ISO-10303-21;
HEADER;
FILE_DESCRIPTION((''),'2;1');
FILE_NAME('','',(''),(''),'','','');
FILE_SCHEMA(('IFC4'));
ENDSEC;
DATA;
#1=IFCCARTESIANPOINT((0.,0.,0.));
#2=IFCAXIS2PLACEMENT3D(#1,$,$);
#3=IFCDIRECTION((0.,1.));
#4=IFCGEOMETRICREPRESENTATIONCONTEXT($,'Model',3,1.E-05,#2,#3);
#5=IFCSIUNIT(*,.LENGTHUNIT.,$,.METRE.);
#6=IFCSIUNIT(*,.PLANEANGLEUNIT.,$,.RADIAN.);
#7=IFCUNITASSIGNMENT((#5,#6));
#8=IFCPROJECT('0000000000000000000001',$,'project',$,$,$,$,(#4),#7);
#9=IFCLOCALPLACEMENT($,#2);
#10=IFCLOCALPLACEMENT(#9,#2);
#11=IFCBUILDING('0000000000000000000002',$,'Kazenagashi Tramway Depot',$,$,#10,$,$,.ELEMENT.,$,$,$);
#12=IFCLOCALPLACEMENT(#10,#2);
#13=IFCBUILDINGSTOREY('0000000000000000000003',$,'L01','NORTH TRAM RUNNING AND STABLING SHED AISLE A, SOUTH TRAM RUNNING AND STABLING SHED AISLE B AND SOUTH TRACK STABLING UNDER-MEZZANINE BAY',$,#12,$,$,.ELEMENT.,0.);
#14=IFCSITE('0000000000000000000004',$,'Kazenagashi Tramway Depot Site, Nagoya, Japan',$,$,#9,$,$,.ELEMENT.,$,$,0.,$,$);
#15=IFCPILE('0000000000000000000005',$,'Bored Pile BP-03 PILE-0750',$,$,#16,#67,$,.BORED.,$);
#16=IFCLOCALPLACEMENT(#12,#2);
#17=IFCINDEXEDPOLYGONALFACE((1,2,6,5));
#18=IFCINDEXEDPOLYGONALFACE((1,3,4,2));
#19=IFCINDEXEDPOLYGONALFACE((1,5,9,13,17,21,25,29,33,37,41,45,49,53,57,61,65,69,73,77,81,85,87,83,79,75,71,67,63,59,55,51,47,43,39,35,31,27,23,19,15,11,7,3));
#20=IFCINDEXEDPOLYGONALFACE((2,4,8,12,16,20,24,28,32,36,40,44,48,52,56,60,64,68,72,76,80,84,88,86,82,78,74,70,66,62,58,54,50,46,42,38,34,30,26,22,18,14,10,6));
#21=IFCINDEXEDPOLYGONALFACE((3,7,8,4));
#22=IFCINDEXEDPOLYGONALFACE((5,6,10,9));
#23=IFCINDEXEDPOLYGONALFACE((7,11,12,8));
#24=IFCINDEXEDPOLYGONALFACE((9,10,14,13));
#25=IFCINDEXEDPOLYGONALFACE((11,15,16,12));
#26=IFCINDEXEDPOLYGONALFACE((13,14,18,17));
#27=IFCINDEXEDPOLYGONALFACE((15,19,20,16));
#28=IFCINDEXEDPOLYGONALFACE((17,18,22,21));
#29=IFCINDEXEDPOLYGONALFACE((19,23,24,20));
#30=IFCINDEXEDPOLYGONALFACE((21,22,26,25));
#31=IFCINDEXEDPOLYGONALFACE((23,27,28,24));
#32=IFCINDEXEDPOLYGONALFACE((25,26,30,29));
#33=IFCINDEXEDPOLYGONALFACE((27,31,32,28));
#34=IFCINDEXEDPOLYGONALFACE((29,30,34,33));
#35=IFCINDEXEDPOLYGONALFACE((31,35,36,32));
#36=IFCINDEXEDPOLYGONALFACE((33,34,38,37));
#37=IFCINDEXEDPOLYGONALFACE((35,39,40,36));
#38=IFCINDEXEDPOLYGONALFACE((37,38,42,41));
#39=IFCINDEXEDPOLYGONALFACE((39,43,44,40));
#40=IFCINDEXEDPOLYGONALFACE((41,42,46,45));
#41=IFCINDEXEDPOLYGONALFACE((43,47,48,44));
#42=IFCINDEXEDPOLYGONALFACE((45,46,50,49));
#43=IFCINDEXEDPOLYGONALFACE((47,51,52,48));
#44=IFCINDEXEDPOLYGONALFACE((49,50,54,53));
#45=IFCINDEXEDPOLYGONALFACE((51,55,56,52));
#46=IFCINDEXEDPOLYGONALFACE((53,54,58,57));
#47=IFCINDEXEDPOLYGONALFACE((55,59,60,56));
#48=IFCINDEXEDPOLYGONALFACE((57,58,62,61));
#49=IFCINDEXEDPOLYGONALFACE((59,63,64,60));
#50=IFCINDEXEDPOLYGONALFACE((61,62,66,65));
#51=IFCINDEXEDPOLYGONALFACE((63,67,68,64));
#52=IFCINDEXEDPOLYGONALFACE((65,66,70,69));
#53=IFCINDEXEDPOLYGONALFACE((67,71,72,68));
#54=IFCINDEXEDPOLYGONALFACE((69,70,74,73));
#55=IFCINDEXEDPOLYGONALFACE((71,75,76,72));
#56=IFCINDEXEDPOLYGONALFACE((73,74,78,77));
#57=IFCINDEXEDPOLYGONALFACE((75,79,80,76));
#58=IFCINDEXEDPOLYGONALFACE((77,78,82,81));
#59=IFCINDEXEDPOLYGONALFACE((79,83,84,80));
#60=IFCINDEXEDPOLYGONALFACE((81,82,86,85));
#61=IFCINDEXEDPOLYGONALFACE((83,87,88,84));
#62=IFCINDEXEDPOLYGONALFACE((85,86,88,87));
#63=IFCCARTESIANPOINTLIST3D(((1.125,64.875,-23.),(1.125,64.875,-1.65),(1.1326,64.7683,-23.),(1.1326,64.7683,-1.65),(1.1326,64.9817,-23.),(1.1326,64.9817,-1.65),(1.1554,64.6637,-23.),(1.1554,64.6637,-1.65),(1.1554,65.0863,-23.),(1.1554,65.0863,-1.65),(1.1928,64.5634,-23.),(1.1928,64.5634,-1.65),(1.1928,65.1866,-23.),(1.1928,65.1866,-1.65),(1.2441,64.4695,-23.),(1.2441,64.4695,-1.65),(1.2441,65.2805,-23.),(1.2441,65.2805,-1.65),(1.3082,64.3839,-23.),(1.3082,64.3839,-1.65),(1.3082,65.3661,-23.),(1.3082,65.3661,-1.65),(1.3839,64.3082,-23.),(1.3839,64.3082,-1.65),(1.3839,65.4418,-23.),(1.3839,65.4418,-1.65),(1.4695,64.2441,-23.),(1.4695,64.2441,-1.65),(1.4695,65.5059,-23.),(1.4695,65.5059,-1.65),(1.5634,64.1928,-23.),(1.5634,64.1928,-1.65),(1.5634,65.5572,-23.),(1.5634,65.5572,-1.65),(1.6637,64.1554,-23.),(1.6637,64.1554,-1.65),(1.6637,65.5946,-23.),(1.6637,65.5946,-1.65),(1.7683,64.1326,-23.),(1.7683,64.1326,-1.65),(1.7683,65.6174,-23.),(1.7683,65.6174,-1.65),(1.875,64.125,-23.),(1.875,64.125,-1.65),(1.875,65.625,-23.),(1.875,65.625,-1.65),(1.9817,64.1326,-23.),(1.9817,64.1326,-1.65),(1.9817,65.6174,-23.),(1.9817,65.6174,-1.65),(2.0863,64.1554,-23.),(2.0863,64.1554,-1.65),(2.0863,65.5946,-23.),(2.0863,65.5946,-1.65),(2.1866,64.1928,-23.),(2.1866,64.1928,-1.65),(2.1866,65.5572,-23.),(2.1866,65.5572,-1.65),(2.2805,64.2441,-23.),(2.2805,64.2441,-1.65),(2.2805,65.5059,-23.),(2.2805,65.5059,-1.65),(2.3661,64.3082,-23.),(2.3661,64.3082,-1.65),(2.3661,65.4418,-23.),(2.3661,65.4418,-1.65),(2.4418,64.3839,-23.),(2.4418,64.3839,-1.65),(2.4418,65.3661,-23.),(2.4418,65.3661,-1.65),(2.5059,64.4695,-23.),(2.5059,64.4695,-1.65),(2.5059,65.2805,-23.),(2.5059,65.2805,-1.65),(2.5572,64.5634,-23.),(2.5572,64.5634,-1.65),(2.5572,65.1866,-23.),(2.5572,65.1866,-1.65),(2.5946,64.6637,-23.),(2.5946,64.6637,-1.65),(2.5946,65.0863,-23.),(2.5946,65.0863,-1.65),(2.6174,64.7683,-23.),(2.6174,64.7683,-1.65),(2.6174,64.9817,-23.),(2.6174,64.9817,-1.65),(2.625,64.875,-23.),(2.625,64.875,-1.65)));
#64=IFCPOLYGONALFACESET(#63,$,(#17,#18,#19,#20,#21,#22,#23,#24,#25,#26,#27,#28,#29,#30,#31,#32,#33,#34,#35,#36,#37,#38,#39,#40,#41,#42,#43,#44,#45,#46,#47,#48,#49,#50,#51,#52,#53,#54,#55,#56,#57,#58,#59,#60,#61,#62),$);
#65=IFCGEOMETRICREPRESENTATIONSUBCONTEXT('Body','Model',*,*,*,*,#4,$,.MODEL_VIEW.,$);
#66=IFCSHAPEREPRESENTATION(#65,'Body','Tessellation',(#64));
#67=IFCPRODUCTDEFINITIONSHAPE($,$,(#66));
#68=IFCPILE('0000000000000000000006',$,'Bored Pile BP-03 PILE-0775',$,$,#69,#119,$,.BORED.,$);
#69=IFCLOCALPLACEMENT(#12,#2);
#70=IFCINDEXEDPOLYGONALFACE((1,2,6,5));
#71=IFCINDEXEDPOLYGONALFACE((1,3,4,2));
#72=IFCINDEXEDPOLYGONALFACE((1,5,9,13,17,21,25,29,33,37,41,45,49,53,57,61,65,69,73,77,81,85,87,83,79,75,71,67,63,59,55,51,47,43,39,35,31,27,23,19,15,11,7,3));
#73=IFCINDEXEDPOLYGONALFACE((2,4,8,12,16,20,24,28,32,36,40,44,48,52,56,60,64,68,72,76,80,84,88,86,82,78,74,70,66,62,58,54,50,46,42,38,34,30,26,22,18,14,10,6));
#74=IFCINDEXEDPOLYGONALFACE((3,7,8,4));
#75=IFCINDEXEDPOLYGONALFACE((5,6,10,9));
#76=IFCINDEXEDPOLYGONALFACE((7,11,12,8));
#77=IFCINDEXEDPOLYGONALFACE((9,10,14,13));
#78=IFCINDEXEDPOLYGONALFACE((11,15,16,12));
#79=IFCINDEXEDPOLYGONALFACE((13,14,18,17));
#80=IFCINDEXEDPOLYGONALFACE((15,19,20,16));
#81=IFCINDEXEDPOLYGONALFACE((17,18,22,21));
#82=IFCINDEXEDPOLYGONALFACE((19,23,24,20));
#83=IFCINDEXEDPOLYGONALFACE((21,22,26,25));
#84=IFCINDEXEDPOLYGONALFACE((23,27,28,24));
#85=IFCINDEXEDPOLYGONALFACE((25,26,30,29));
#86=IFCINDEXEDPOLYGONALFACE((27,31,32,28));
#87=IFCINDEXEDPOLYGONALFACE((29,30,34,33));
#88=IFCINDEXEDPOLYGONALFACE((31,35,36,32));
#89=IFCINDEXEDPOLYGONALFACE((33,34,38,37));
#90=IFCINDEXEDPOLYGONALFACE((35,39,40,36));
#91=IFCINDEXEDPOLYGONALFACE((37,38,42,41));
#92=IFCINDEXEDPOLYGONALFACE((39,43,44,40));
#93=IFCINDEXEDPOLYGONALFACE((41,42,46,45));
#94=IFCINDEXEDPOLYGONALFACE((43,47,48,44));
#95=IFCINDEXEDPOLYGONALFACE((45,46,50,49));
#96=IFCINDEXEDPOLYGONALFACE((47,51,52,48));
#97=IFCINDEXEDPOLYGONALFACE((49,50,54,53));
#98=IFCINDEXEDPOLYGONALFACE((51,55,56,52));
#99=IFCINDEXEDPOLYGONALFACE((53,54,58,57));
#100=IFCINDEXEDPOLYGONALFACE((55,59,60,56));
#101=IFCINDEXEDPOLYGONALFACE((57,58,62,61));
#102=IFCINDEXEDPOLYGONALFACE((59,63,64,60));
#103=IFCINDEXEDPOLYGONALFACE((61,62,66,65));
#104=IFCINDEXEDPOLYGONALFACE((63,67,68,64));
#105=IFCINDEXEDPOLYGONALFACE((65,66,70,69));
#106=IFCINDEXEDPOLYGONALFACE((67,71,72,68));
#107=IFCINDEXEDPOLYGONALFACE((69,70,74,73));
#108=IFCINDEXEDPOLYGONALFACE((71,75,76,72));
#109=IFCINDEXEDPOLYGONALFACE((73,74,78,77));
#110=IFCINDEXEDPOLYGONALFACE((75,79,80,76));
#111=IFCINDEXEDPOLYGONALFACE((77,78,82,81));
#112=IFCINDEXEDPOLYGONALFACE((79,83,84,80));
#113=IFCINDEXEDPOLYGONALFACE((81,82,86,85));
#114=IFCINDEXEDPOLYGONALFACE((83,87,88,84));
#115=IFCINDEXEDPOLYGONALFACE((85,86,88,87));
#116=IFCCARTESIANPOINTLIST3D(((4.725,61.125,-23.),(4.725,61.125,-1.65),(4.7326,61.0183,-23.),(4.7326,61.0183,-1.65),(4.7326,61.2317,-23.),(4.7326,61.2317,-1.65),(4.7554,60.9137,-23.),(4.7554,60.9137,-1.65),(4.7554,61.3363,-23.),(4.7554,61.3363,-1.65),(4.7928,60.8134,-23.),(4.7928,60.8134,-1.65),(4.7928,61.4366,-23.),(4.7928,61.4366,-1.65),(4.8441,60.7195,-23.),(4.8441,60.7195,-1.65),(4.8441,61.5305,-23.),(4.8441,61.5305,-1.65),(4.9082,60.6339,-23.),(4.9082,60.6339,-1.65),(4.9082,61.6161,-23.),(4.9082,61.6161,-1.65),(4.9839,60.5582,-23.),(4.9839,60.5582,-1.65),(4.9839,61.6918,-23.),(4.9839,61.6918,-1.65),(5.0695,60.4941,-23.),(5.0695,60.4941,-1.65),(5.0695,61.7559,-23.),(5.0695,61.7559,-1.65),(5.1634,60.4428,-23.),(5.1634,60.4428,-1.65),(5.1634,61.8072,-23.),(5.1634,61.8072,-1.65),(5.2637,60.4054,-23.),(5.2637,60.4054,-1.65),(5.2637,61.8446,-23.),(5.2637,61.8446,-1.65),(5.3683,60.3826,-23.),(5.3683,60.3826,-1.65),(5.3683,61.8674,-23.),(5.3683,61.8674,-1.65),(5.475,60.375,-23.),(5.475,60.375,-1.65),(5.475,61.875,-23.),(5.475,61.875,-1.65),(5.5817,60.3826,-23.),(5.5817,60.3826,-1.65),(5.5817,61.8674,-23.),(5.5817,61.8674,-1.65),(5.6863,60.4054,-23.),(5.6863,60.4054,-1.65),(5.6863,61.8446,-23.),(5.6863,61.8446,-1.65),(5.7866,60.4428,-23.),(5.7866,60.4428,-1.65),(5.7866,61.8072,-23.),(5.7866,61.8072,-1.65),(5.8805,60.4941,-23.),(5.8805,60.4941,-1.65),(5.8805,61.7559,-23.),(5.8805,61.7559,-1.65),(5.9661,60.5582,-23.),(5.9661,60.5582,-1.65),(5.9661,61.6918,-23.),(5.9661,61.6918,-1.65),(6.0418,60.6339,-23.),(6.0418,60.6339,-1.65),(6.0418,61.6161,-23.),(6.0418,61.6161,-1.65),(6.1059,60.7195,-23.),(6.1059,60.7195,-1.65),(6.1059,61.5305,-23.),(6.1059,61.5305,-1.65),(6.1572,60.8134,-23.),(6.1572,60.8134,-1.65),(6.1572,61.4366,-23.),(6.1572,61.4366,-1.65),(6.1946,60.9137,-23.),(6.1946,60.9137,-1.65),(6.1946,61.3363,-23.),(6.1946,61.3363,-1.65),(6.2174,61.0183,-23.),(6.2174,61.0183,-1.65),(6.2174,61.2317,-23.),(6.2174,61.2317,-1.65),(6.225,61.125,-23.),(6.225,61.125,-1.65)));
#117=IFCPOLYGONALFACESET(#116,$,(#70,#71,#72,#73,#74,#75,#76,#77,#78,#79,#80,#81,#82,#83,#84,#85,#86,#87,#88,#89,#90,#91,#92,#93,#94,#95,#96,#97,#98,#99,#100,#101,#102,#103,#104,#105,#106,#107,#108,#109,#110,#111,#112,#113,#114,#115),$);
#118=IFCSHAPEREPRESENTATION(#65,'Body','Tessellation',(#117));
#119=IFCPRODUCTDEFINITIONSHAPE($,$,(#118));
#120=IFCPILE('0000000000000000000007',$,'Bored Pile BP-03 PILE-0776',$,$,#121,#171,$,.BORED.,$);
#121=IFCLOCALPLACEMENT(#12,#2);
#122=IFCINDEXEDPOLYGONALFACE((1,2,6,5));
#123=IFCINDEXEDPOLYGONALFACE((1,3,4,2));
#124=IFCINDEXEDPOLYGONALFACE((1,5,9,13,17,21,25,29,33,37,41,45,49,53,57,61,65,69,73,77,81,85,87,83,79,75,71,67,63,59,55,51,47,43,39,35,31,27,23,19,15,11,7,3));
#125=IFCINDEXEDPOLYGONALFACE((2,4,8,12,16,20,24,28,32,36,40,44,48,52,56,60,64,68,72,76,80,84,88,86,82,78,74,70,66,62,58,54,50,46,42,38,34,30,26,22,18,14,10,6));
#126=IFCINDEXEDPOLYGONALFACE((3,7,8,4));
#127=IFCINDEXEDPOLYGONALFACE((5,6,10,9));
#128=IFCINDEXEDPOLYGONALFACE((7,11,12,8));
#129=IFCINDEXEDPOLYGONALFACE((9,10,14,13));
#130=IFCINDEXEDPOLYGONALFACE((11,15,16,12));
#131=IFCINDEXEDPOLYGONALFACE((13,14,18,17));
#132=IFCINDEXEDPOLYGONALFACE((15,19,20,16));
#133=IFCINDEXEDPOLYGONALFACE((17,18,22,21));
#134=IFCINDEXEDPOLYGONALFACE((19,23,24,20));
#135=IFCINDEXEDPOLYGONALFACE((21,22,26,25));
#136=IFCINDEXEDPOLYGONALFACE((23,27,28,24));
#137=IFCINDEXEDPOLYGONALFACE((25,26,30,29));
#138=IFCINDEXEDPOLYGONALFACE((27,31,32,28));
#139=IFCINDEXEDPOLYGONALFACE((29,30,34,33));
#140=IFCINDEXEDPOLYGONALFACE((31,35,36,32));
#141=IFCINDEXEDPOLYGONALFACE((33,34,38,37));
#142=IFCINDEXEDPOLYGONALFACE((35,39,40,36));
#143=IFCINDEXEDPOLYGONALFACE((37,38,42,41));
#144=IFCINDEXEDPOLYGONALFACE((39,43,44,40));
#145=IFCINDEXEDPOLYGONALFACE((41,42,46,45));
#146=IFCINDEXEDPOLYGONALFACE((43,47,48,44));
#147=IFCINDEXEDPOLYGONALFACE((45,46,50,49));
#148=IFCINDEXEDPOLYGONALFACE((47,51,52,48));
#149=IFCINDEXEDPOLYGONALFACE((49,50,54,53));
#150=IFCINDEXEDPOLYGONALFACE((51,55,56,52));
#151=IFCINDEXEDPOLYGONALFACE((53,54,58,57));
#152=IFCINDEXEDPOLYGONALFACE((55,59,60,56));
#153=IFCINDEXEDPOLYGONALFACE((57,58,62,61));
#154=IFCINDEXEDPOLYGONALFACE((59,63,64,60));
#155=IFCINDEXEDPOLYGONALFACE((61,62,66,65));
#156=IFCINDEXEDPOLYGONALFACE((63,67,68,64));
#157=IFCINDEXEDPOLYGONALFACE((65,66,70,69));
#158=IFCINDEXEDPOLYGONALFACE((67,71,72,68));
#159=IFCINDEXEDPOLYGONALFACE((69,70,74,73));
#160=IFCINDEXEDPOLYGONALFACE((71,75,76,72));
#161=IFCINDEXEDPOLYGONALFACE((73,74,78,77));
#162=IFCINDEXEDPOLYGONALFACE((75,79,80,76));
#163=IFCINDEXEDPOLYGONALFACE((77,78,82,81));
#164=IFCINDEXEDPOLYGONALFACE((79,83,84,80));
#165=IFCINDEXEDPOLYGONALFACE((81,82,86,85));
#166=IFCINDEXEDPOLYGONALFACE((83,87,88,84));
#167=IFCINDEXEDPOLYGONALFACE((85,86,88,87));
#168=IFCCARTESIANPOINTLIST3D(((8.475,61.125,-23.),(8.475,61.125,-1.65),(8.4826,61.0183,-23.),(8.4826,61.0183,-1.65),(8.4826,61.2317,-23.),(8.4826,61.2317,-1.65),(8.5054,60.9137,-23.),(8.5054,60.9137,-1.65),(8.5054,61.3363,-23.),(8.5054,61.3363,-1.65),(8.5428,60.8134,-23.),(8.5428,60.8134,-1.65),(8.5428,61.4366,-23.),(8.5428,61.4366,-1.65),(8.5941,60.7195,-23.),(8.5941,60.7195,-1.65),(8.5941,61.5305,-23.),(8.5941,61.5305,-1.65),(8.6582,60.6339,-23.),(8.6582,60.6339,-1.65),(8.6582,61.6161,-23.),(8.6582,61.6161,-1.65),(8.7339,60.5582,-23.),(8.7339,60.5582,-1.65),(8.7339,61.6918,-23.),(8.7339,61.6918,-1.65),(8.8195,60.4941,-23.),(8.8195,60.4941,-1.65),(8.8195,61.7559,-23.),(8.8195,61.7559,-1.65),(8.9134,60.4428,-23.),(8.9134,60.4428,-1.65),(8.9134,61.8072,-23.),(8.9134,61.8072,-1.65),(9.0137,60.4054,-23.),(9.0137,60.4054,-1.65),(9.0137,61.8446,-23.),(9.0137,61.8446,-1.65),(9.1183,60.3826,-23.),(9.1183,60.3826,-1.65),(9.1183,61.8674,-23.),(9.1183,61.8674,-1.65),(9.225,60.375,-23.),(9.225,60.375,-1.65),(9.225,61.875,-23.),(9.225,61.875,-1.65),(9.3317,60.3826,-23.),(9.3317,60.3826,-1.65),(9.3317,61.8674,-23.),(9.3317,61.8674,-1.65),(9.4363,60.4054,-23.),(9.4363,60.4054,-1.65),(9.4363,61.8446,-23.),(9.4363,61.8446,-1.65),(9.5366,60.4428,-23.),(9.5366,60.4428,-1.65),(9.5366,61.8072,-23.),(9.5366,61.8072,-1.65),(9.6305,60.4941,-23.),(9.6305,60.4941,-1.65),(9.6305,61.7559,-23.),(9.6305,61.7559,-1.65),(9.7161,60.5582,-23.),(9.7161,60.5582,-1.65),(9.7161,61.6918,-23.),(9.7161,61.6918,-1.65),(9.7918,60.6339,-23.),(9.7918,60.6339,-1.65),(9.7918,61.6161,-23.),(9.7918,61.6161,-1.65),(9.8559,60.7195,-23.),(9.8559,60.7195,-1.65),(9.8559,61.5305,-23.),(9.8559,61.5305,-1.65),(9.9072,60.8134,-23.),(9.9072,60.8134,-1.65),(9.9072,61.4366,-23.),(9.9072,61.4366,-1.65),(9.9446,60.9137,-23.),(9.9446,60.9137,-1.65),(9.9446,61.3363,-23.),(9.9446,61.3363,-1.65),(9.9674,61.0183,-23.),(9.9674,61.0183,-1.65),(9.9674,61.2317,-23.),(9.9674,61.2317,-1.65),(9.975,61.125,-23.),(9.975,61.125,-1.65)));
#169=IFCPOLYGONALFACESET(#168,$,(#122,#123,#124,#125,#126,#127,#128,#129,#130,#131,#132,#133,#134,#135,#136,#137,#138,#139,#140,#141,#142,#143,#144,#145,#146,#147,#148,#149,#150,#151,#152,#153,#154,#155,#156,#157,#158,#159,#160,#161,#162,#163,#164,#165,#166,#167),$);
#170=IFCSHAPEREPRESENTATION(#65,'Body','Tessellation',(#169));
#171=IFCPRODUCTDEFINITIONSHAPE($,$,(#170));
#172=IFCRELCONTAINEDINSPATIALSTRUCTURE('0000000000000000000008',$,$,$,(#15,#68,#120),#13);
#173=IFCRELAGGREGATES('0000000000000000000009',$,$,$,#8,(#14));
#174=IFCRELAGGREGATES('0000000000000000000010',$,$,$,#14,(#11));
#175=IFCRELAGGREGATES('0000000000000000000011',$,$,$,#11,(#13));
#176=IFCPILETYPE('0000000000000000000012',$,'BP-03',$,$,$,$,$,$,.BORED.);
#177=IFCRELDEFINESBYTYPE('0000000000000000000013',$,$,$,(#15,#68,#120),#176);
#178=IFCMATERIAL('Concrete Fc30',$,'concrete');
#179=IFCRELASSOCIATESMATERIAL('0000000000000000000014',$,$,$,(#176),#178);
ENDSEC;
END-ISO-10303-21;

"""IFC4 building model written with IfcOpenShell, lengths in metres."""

from ifc_helpers import new_model, si_unit, direction, frame, origin, origin_2d, place, context, subcontext, project, spatial, circle, extrude, material, material_profile, profile_set, type_object, element, save


model = new_model("IFC4")

# Units and contexts
model_context = context("Model", 3, precision=1e-05, world=origin(), true_north=direction((0.0, 1.0)))
body_context = subcontext(model_context, "Body", "Model", "MODEL_VIEW")
ifc_project = project(units=[si_unit("LENGTHUNIT", "METRE"), si_unit("PLANEANGLEUNIT", "RADIAN")], contexts=[model_context])

# Site, building, storey
site_placement = place(None, origin())
site = spatial("IfcSite", under=ifc_project, at=site_placement, Name="Kazenagashi Tramway Depot Site, Nagoya, Japan", CompositionType="ELEMENT", RefElevation=0.0)
building_placement = place(site_placement, origin())
building = spatial("IfcBuilding", under=site, at=building_placement, Name="Kazenagashi Tramway Depot", CompositionType="ELEMENT")
storey_placement = place(building_placement, origin())
storey = spatial("IfcBuildingStorey", under=building, at=storey_placement, Name="L01", Description="NORTH TRAM RUNNING AND STABLING SHED AISLE A, SOUTH TRAM RUNNING AND STABLING SHED AISLE B AND SOUTH TRACK STABLING UNDER-MEZZANINE BAY", CompositionType="ELEMENT", Elevation=0.0)

# Piles
ifc_material_1 = material(Name="Concrete Fc30", Category="concrete")
ifc_material_profile_1 = material_profile(ifc_material_1, circle(Radius=0.75, at=origin_2d()), Name="PILE-1500")
ifc_profile_set_1 = profile_set([ifc_material_profile_1], Name="Concrete Fc30")
pile_type = type_object("IfcPileType", Name="BP-03", PredefinedType="BORED", material=ifc_profile_set_1)
for number, where, z_axis, x_axis, name in (
    (1, (1.875, 64.875, -1.65), (0.0, 0.0, -1.0), (1.0, 0.0, 0.0), "Bored Pile BP-03 PILE-0750"),
    (2, (5.475, 61.125, -1.65), (0.0, 0.0, -1.0), (1.0, 0.0, 0.0), "Bored Pile BP-03 PILE-0775"),
    (3, (9.225, 61.125, -1.65), (0.0, 0.0, -1.0), (1.0, 0.0, 0.0), "Bored Pile BP-03 PILE-0776"),
):
    element("IfcPile", number, at=place(storey_placement, frame(where, z_axis=z_axis, x_axis=x_axis)), inside=storey, type_object=pile_type, Name=name, PredefinedType="BORED", context=body_context, shape_type="SweptSolid", body=[
        extrude(circle(Radius=0.75, at=origin_2d()), origin(), (0.0, 0.0, 1.0), 21.35),
    ])

save(model, "model.ifc")
